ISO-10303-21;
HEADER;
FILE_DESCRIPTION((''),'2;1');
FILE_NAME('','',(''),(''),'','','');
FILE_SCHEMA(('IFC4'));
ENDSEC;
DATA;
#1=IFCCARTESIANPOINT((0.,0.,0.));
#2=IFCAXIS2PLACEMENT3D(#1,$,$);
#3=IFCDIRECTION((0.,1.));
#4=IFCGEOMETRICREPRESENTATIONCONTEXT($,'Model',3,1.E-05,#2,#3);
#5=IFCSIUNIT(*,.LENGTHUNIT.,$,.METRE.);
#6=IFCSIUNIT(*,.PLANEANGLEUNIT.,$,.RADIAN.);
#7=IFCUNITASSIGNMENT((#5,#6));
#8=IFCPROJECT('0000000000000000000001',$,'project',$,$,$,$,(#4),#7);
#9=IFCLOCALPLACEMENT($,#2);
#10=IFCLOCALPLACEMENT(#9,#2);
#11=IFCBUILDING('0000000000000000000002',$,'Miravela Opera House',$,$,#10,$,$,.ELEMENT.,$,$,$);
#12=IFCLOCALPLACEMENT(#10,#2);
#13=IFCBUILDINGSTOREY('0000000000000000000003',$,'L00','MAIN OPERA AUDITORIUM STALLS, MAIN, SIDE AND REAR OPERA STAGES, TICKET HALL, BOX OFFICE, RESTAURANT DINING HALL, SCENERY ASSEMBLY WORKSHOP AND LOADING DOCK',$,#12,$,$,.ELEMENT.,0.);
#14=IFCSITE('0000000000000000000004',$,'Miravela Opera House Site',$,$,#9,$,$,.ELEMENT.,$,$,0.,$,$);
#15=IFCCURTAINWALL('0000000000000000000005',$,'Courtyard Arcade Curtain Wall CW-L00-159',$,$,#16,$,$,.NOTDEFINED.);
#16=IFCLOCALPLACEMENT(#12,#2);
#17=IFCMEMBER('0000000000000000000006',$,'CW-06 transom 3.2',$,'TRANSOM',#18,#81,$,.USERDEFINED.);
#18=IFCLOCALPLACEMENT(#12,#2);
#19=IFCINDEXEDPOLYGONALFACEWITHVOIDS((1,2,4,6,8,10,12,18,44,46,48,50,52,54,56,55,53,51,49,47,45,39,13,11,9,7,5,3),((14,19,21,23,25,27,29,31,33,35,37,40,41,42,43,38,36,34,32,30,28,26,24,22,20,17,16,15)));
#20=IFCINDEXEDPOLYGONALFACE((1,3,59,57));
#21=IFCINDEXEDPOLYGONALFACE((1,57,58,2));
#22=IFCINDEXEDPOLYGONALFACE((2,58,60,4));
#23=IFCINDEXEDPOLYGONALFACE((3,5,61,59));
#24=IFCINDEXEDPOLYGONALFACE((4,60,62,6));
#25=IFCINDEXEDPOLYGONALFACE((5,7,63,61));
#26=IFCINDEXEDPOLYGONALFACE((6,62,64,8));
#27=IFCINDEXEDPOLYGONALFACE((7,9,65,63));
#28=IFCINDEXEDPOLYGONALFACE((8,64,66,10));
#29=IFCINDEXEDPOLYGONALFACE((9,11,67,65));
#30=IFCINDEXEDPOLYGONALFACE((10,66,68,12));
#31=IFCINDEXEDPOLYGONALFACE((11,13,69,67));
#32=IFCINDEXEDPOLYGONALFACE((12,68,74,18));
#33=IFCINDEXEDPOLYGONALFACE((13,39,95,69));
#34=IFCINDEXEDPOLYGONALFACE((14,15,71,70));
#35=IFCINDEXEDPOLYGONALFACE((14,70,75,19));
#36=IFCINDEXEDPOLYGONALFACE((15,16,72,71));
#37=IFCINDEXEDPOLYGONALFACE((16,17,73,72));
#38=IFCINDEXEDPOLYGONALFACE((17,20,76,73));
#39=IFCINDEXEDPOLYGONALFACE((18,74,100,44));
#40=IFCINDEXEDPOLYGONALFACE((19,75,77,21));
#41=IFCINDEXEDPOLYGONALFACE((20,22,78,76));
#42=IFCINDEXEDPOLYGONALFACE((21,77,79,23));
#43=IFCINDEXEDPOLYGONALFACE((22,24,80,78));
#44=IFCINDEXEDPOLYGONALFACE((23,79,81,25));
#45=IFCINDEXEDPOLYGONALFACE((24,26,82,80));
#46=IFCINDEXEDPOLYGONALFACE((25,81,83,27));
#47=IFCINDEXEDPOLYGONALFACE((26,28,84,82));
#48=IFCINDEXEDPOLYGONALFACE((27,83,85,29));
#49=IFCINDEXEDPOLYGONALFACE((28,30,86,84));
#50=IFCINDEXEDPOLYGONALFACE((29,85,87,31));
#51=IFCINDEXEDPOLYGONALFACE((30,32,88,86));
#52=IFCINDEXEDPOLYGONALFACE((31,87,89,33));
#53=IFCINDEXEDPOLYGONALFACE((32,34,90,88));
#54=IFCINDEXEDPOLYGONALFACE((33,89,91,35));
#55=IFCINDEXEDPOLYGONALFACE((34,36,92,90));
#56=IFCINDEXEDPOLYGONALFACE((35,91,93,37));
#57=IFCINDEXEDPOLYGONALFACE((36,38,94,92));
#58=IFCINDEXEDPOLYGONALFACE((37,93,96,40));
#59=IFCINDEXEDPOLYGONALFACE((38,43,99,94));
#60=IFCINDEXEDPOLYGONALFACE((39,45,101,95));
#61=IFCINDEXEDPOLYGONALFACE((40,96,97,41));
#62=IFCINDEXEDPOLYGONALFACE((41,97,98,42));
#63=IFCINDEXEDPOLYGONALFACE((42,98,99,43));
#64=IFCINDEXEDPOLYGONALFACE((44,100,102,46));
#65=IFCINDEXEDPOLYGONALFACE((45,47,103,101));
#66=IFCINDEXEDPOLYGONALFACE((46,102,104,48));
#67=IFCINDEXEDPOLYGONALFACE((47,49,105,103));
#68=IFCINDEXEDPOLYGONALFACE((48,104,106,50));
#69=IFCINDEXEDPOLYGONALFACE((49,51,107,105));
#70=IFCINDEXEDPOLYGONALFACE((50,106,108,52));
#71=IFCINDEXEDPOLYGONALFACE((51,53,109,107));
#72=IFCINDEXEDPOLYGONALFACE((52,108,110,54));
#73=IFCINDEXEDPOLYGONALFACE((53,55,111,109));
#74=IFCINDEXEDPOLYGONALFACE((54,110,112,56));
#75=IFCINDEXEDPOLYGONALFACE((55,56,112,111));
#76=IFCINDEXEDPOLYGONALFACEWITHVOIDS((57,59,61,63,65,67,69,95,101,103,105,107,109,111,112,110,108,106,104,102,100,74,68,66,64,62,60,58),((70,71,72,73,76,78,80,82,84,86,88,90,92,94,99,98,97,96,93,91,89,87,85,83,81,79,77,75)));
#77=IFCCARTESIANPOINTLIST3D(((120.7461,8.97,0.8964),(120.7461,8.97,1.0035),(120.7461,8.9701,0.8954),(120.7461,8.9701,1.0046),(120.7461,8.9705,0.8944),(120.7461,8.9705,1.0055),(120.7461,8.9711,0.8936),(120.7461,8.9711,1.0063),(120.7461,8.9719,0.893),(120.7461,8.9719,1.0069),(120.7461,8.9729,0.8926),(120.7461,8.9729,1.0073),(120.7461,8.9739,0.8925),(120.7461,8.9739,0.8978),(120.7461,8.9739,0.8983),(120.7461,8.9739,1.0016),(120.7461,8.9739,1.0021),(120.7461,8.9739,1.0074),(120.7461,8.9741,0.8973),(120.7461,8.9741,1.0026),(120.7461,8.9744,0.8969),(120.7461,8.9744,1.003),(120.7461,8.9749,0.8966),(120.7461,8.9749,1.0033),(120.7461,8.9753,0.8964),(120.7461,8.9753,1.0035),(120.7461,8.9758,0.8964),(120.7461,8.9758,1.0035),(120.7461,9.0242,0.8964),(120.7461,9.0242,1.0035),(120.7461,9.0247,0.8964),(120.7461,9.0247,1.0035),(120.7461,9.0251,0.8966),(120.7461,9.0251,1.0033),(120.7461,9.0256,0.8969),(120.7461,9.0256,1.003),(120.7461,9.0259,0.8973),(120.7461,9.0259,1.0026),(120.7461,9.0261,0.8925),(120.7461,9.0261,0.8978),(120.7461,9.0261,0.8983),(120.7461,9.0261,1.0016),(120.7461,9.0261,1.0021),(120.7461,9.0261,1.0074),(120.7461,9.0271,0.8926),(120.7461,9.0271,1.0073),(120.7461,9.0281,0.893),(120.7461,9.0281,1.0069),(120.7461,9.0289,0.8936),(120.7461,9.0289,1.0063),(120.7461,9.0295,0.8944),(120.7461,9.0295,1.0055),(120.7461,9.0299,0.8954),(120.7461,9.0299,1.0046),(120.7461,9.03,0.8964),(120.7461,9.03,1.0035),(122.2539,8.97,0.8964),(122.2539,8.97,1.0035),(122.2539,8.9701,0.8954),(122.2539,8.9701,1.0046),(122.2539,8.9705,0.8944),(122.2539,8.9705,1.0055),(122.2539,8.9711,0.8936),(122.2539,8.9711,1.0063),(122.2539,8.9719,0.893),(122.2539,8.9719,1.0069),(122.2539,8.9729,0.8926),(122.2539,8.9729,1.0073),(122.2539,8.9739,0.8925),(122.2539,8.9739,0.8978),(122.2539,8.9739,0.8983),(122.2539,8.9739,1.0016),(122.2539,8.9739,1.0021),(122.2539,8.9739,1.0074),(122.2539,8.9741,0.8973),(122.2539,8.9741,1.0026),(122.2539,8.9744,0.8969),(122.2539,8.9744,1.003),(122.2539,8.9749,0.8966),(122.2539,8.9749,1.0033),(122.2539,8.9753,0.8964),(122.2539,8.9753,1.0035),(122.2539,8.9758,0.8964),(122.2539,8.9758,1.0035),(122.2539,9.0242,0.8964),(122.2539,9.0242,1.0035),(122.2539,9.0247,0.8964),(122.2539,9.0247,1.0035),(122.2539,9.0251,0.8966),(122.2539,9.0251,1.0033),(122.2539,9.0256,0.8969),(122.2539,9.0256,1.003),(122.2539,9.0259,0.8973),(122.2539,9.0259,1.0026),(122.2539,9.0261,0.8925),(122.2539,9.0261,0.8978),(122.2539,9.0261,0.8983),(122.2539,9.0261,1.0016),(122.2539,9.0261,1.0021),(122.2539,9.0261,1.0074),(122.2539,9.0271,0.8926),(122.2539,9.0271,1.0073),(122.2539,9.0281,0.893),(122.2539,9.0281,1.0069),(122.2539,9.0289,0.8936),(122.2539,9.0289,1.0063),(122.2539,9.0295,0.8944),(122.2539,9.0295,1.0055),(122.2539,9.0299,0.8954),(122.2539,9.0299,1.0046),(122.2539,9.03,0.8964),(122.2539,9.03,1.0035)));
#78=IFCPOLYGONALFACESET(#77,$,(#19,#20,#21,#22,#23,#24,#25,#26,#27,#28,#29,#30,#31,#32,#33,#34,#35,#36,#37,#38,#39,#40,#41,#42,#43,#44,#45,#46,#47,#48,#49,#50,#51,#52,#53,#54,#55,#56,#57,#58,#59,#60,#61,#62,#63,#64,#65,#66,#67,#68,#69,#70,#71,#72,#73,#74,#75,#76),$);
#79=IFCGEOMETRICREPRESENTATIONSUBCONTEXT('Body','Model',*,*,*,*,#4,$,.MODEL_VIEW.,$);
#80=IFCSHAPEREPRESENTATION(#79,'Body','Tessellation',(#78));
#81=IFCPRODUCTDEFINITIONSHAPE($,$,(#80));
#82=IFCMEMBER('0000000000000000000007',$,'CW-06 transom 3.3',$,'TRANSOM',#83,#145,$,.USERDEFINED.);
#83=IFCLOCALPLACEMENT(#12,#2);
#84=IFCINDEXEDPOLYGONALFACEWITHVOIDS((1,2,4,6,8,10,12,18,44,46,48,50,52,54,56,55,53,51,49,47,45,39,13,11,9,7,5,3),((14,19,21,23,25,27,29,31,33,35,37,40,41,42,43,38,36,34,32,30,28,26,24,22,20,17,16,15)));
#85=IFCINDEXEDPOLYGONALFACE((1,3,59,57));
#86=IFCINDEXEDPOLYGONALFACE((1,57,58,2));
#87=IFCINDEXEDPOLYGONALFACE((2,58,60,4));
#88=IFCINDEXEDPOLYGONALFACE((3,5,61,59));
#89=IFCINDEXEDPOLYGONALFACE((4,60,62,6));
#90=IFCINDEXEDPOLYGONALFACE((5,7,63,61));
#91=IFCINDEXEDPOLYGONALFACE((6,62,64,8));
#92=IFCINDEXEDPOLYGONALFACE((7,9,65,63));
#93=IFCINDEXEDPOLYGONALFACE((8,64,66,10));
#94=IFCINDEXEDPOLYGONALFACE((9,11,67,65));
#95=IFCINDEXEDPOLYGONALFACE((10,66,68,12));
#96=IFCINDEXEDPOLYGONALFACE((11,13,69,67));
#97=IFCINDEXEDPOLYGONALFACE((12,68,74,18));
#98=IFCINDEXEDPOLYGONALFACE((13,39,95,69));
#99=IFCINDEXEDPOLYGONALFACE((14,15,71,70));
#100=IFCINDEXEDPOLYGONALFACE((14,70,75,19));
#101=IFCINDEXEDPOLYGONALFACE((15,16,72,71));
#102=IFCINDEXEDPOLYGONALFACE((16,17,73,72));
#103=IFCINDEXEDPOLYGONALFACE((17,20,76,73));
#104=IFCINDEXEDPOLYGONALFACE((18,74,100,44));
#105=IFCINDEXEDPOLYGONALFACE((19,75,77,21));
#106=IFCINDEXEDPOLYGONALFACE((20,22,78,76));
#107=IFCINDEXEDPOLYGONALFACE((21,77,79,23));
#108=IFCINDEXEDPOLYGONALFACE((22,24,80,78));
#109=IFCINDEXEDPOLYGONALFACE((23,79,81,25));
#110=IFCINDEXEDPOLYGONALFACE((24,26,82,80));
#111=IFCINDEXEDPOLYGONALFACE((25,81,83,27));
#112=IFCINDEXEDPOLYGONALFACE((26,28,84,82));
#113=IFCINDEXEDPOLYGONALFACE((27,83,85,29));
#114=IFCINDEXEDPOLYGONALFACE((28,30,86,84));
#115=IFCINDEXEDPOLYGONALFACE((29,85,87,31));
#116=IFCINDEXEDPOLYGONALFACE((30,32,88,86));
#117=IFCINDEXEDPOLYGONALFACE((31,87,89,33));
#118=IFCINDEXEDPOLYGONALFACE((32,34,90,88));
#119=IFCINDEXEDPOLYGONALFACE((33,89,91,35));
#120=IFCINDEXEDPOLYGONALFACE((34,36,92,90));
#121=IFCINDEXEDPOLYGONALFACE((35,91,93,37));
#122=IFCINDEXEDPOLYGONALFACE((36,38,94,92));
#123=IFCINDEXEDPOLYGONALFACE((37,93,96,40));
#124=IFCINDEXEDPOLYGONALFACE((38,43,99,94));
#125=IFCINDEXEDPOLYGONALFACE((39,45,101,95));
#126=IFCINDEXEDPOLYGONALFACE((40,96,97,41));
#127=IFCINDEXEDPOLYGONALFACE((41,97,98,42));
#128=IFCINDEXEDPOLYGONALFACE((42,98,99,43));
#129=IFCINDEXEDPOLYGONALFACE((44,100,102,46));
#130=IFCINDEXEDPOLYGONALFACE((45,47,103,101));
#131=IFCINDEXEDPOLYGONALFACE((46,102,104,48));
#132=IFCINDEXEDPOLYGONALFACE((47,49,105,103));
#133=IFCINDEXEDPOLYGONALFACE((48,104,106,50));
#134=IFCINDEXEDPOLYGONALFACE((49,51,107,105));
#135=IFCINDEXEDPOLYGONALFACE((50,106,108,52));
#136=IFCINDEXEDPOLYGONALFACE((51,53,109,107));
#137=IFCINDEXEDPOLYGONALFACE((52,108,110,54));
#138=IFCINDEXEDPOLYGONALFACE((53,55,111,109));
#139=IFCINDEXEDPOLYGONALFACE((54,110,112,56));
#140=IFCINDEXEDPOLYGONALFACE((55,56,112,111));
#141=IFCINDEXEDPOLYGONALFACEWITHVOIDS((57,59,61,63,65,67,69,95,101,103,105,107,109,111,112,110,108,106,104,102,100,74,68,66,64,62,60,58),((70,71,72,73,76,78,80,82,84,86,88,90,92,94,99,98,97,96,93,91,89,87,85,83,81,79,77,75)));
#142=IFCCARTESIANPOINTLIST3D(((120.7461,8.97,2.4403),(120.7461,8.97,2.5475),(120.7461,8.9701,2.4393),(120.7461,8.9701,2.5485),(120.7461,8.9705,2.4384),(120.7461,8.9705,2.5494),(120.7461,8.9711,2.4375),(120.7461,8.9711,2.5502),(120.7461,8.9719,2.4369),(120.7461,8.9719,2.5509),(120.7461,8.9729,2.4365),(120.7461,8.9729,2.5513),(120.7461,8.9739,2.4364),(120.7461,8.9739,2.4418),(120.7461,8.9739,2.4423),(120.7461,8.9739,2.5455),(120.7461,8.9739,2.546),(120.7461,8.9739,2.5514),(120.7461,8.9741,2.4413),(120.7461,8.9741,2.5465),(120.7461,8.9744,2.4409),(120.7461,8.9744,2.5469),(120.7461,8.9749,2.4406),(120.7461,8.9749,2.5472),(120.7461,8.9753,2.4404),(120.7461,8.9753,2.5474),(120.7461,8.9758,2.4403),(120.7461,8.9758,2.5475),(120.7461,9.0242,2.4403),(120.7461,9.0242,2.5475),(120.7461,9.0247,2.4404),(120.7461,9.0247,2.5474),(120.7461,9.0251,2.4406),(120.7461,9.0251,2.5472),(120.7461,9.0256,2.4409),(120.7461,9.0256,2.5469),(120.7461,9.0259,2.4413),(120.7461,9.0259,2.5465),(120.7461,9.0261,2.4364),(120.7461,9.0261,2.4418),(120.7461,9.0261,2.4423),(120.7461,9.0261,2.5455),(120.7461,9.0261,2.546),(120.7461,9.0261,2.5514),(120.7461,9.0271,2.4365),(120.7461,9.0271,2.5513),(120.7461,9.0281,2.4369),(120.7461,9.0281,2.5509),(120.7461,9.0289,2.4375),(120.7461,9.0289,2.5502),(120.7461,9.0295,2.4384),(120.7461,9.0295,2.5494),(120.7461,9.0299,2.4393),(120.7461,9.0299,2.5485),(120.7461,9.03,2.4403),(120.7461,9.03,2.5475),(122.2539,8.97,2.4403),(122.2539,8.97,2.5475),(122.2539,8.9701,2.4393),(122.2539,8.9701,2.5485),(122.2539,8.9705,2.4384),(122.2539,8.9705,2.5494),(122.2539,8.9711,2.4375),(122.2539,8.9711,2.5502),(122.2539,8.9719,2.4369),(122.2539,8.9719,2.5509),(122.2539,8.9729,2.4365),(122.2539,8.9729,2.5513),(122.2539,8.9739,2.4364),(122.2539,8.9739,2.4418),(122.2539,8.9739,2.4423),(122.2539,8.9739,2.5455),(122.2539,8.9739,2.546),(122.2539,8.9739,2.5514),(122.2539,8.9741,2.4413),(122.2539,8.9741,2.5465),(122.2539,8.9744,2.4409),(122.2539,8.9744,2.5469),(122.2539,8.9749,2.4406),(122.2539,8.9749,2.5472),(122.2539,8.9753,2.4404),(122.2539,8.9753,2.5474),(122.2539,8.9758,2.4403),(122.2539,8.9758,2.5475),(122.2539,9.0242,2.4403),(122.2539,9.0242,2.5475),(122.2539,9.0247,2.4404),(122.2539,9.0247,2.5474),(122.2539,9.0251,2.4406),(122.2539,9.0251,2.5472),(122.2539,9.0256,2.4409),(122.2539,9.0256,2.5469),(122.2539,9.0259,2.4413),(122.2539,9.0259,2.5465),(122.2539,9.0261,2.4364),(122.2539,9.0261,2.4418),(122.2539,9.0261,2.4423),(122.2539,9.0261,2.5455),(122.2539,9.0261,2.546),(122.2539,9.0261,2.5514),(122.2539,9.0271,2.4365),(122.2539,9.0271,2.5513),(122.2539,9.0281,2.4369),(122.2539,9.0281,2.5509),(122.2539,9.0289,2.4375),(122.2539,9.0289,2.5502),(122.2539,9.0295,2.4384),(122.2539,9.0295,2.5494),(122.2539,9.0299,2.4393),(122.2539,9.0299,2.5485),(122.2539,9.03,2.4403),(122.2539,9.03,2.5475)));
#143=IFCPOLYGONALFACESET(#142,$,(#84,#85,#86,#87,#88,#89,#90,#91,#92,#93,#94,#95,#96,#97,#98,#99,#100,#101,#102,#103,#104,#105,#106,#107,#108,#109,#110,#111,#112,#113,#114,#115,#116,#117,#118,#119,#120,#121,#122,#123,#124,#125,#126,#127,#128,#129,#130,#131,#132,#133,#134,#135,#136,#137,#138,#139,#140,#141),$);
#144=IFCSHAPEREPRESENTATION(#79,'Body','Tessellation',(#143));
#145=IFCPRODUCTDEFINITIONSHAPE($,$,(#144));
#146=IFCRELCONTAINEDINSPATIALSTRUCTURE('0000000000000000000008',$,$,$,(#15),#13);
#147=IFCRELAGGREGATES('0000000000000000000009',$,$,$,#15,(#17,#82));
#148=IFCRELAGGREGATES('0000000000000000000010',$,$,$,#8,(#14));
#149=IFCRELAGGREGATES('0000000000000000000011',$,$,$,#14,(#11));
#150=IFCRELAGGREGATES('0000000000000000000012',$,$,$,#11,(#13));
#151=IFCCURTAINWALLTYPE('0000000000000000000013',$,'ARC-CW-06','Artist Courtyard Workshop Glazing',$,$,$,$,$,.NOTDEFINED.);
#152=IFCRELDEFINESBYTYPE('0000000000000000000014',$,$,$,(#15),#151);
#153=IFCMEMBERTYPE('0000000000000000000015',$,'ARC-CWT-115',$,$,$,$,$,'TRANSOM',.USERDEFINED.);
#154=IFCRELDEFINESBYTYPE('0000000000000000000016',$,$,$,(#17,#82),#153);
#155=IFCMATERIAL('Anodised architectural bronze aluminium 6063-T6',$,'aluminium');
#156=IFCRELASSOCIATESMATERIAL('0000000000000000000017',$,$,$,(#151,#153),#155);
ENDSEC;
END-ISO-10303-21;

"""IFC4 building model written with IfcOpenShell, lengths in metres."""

from ifc_helpers import new_model, si_unit, direction, frame, origin, origin_2d, place, context, subcontext, project, spatial, hollow_rectangle, extrude, material, material_profile, profile_set, type_object, element, aggregate, save


model = new_model("IFC4")

# Units and contexts
model_context = context("Model", 3, precision=1e-05, world=origin(), true_north=direction((0.0, 1.0)))
body_context = subcontext(model_context, "Body", "Model", "MODEL_VIEW")
ifc_project = project(units=[si_unit("LENGTHUNIT", "METRE"), si_unit("PLANEANGLEUNIT", "RADIAN")], contexts=[model_context])

# Site, building, storey
site_placement = place(None, origin())
site = spatial("IfcSite", under=ifc_project, at=site_placement, Name="Miravela Opera House Site", CompositionType="ELEMENT", RefElevation=0.0)
building_placement = place(site_placement, origin())
building = spatial("IfcBuilding", under=site, at=building_placement, Name="Miravela Opera House", CompositionType="ELEMENT")
storey_placement = place(building_placement, origin())
storey = spatial("IfcBuildingStorey", under=building, at=storey_placement, Name="L00", Description="MAIN OPERA AUDITORIUM STALLS, MAIN, SIDE AND REAR OPERA STAGES, TICKET HALL, BOX OFFICE, RESTAURANT DINING HALL, SCENERY ASSEMBLY WORKSHOP AND LOADING DOCK", CompositionType="ELEMENT", Elevation=0.0)

# Curtain wall, members
ifc_material_1 = material(Name="Anodised architectural bronze aluminium 6063-T6", Category="aluminium")
curtain_wall_type = type_object("IfcCurtainWallType", Name="ARC-CW-06", Description="Artist Courtyard Workshop Glazing", PredefinedType="NOTDEFINED", material=ifc_material_1)
curtain_wall_placement = place(storey_placement, origin())
curtain_wall = element("IfcCurtainWall", 1, at=curtain_wall_placement, inside=storey, type_object=curtain_wall_type, Name="Courtyard Arcade Curtain Wall CW-L00-159", PredefinedType="NOTDEFINED")
ifc_material_profile_1 = material_profile(ifc_material_1, hollow_rectangle(XDim=0.0601, YDim=0.115, WallThickness=0.0039, InnerFilletRadius=0.002, OuterFilletRadius=0.0039, at=origin_2d()), Name="CWT-60X115")
ifc_profile_set_1 = profile_set([ifc_material_profile_1])
member_type_1 = type_object("IfcMemberType", Name="ARC-CWT-115", ElementType="TRANSOM", PredefinedType="USERDEFINED", material=ifc_profile_set_1)
member_1_placement = place(storey_placement, frame((120.7461, 9.0, 0.95), z_axis=(1.0, 0.0, 0.0), x_axis=(0.0, 1.0, 0.0)))
member_1 = element("IfcMember", 2, at=member_1_placement, type_object=member_type_1, Name="CW-06 transom 3.2", ObjectType="TRANSOM", PredefinedType="USERDEFINED", context=body_context, shape_type="SweptSolid", body=[
    extrude(hollow_rectangle(XDim=0.0601, YDim=0.115, WallThickness=0.0039, InnerFilletRadius=0.002, OuterFilletRadius=0.0039, at=origin_2d()), origin(), (0.0, 0.0, 1.0), 1.5078),
])
member_2_placement = place(storey_placement, frame((120.7461, 9.0, 2.4939), z_axis=(1.0, 0.0, 0.0), x_axis=(0.0, 1.0, 0.0)))
member_2 = element("IfcMember", 3, at=member_2_placement, type_object=member_type_1, Name="CW-06 transom 3.3", ObjectType="TRANSOM", PredefinedType="USERDEFINED", context=body_context, shape_type="SweptSolid", body=[
    extrude(hollow_rectangle(XDim=0.0601, YDim=0.115, WallThickness=0.0039, InnerFilletRadius=0.002, OuterFilletRadius=0.0039, at=origin_2d()), origin(), (0.0, 0.0, 1.0), 1.5078),
])
aggregate(curtain_wall, [member_1, member_2])

save(model, "model.ifc")
